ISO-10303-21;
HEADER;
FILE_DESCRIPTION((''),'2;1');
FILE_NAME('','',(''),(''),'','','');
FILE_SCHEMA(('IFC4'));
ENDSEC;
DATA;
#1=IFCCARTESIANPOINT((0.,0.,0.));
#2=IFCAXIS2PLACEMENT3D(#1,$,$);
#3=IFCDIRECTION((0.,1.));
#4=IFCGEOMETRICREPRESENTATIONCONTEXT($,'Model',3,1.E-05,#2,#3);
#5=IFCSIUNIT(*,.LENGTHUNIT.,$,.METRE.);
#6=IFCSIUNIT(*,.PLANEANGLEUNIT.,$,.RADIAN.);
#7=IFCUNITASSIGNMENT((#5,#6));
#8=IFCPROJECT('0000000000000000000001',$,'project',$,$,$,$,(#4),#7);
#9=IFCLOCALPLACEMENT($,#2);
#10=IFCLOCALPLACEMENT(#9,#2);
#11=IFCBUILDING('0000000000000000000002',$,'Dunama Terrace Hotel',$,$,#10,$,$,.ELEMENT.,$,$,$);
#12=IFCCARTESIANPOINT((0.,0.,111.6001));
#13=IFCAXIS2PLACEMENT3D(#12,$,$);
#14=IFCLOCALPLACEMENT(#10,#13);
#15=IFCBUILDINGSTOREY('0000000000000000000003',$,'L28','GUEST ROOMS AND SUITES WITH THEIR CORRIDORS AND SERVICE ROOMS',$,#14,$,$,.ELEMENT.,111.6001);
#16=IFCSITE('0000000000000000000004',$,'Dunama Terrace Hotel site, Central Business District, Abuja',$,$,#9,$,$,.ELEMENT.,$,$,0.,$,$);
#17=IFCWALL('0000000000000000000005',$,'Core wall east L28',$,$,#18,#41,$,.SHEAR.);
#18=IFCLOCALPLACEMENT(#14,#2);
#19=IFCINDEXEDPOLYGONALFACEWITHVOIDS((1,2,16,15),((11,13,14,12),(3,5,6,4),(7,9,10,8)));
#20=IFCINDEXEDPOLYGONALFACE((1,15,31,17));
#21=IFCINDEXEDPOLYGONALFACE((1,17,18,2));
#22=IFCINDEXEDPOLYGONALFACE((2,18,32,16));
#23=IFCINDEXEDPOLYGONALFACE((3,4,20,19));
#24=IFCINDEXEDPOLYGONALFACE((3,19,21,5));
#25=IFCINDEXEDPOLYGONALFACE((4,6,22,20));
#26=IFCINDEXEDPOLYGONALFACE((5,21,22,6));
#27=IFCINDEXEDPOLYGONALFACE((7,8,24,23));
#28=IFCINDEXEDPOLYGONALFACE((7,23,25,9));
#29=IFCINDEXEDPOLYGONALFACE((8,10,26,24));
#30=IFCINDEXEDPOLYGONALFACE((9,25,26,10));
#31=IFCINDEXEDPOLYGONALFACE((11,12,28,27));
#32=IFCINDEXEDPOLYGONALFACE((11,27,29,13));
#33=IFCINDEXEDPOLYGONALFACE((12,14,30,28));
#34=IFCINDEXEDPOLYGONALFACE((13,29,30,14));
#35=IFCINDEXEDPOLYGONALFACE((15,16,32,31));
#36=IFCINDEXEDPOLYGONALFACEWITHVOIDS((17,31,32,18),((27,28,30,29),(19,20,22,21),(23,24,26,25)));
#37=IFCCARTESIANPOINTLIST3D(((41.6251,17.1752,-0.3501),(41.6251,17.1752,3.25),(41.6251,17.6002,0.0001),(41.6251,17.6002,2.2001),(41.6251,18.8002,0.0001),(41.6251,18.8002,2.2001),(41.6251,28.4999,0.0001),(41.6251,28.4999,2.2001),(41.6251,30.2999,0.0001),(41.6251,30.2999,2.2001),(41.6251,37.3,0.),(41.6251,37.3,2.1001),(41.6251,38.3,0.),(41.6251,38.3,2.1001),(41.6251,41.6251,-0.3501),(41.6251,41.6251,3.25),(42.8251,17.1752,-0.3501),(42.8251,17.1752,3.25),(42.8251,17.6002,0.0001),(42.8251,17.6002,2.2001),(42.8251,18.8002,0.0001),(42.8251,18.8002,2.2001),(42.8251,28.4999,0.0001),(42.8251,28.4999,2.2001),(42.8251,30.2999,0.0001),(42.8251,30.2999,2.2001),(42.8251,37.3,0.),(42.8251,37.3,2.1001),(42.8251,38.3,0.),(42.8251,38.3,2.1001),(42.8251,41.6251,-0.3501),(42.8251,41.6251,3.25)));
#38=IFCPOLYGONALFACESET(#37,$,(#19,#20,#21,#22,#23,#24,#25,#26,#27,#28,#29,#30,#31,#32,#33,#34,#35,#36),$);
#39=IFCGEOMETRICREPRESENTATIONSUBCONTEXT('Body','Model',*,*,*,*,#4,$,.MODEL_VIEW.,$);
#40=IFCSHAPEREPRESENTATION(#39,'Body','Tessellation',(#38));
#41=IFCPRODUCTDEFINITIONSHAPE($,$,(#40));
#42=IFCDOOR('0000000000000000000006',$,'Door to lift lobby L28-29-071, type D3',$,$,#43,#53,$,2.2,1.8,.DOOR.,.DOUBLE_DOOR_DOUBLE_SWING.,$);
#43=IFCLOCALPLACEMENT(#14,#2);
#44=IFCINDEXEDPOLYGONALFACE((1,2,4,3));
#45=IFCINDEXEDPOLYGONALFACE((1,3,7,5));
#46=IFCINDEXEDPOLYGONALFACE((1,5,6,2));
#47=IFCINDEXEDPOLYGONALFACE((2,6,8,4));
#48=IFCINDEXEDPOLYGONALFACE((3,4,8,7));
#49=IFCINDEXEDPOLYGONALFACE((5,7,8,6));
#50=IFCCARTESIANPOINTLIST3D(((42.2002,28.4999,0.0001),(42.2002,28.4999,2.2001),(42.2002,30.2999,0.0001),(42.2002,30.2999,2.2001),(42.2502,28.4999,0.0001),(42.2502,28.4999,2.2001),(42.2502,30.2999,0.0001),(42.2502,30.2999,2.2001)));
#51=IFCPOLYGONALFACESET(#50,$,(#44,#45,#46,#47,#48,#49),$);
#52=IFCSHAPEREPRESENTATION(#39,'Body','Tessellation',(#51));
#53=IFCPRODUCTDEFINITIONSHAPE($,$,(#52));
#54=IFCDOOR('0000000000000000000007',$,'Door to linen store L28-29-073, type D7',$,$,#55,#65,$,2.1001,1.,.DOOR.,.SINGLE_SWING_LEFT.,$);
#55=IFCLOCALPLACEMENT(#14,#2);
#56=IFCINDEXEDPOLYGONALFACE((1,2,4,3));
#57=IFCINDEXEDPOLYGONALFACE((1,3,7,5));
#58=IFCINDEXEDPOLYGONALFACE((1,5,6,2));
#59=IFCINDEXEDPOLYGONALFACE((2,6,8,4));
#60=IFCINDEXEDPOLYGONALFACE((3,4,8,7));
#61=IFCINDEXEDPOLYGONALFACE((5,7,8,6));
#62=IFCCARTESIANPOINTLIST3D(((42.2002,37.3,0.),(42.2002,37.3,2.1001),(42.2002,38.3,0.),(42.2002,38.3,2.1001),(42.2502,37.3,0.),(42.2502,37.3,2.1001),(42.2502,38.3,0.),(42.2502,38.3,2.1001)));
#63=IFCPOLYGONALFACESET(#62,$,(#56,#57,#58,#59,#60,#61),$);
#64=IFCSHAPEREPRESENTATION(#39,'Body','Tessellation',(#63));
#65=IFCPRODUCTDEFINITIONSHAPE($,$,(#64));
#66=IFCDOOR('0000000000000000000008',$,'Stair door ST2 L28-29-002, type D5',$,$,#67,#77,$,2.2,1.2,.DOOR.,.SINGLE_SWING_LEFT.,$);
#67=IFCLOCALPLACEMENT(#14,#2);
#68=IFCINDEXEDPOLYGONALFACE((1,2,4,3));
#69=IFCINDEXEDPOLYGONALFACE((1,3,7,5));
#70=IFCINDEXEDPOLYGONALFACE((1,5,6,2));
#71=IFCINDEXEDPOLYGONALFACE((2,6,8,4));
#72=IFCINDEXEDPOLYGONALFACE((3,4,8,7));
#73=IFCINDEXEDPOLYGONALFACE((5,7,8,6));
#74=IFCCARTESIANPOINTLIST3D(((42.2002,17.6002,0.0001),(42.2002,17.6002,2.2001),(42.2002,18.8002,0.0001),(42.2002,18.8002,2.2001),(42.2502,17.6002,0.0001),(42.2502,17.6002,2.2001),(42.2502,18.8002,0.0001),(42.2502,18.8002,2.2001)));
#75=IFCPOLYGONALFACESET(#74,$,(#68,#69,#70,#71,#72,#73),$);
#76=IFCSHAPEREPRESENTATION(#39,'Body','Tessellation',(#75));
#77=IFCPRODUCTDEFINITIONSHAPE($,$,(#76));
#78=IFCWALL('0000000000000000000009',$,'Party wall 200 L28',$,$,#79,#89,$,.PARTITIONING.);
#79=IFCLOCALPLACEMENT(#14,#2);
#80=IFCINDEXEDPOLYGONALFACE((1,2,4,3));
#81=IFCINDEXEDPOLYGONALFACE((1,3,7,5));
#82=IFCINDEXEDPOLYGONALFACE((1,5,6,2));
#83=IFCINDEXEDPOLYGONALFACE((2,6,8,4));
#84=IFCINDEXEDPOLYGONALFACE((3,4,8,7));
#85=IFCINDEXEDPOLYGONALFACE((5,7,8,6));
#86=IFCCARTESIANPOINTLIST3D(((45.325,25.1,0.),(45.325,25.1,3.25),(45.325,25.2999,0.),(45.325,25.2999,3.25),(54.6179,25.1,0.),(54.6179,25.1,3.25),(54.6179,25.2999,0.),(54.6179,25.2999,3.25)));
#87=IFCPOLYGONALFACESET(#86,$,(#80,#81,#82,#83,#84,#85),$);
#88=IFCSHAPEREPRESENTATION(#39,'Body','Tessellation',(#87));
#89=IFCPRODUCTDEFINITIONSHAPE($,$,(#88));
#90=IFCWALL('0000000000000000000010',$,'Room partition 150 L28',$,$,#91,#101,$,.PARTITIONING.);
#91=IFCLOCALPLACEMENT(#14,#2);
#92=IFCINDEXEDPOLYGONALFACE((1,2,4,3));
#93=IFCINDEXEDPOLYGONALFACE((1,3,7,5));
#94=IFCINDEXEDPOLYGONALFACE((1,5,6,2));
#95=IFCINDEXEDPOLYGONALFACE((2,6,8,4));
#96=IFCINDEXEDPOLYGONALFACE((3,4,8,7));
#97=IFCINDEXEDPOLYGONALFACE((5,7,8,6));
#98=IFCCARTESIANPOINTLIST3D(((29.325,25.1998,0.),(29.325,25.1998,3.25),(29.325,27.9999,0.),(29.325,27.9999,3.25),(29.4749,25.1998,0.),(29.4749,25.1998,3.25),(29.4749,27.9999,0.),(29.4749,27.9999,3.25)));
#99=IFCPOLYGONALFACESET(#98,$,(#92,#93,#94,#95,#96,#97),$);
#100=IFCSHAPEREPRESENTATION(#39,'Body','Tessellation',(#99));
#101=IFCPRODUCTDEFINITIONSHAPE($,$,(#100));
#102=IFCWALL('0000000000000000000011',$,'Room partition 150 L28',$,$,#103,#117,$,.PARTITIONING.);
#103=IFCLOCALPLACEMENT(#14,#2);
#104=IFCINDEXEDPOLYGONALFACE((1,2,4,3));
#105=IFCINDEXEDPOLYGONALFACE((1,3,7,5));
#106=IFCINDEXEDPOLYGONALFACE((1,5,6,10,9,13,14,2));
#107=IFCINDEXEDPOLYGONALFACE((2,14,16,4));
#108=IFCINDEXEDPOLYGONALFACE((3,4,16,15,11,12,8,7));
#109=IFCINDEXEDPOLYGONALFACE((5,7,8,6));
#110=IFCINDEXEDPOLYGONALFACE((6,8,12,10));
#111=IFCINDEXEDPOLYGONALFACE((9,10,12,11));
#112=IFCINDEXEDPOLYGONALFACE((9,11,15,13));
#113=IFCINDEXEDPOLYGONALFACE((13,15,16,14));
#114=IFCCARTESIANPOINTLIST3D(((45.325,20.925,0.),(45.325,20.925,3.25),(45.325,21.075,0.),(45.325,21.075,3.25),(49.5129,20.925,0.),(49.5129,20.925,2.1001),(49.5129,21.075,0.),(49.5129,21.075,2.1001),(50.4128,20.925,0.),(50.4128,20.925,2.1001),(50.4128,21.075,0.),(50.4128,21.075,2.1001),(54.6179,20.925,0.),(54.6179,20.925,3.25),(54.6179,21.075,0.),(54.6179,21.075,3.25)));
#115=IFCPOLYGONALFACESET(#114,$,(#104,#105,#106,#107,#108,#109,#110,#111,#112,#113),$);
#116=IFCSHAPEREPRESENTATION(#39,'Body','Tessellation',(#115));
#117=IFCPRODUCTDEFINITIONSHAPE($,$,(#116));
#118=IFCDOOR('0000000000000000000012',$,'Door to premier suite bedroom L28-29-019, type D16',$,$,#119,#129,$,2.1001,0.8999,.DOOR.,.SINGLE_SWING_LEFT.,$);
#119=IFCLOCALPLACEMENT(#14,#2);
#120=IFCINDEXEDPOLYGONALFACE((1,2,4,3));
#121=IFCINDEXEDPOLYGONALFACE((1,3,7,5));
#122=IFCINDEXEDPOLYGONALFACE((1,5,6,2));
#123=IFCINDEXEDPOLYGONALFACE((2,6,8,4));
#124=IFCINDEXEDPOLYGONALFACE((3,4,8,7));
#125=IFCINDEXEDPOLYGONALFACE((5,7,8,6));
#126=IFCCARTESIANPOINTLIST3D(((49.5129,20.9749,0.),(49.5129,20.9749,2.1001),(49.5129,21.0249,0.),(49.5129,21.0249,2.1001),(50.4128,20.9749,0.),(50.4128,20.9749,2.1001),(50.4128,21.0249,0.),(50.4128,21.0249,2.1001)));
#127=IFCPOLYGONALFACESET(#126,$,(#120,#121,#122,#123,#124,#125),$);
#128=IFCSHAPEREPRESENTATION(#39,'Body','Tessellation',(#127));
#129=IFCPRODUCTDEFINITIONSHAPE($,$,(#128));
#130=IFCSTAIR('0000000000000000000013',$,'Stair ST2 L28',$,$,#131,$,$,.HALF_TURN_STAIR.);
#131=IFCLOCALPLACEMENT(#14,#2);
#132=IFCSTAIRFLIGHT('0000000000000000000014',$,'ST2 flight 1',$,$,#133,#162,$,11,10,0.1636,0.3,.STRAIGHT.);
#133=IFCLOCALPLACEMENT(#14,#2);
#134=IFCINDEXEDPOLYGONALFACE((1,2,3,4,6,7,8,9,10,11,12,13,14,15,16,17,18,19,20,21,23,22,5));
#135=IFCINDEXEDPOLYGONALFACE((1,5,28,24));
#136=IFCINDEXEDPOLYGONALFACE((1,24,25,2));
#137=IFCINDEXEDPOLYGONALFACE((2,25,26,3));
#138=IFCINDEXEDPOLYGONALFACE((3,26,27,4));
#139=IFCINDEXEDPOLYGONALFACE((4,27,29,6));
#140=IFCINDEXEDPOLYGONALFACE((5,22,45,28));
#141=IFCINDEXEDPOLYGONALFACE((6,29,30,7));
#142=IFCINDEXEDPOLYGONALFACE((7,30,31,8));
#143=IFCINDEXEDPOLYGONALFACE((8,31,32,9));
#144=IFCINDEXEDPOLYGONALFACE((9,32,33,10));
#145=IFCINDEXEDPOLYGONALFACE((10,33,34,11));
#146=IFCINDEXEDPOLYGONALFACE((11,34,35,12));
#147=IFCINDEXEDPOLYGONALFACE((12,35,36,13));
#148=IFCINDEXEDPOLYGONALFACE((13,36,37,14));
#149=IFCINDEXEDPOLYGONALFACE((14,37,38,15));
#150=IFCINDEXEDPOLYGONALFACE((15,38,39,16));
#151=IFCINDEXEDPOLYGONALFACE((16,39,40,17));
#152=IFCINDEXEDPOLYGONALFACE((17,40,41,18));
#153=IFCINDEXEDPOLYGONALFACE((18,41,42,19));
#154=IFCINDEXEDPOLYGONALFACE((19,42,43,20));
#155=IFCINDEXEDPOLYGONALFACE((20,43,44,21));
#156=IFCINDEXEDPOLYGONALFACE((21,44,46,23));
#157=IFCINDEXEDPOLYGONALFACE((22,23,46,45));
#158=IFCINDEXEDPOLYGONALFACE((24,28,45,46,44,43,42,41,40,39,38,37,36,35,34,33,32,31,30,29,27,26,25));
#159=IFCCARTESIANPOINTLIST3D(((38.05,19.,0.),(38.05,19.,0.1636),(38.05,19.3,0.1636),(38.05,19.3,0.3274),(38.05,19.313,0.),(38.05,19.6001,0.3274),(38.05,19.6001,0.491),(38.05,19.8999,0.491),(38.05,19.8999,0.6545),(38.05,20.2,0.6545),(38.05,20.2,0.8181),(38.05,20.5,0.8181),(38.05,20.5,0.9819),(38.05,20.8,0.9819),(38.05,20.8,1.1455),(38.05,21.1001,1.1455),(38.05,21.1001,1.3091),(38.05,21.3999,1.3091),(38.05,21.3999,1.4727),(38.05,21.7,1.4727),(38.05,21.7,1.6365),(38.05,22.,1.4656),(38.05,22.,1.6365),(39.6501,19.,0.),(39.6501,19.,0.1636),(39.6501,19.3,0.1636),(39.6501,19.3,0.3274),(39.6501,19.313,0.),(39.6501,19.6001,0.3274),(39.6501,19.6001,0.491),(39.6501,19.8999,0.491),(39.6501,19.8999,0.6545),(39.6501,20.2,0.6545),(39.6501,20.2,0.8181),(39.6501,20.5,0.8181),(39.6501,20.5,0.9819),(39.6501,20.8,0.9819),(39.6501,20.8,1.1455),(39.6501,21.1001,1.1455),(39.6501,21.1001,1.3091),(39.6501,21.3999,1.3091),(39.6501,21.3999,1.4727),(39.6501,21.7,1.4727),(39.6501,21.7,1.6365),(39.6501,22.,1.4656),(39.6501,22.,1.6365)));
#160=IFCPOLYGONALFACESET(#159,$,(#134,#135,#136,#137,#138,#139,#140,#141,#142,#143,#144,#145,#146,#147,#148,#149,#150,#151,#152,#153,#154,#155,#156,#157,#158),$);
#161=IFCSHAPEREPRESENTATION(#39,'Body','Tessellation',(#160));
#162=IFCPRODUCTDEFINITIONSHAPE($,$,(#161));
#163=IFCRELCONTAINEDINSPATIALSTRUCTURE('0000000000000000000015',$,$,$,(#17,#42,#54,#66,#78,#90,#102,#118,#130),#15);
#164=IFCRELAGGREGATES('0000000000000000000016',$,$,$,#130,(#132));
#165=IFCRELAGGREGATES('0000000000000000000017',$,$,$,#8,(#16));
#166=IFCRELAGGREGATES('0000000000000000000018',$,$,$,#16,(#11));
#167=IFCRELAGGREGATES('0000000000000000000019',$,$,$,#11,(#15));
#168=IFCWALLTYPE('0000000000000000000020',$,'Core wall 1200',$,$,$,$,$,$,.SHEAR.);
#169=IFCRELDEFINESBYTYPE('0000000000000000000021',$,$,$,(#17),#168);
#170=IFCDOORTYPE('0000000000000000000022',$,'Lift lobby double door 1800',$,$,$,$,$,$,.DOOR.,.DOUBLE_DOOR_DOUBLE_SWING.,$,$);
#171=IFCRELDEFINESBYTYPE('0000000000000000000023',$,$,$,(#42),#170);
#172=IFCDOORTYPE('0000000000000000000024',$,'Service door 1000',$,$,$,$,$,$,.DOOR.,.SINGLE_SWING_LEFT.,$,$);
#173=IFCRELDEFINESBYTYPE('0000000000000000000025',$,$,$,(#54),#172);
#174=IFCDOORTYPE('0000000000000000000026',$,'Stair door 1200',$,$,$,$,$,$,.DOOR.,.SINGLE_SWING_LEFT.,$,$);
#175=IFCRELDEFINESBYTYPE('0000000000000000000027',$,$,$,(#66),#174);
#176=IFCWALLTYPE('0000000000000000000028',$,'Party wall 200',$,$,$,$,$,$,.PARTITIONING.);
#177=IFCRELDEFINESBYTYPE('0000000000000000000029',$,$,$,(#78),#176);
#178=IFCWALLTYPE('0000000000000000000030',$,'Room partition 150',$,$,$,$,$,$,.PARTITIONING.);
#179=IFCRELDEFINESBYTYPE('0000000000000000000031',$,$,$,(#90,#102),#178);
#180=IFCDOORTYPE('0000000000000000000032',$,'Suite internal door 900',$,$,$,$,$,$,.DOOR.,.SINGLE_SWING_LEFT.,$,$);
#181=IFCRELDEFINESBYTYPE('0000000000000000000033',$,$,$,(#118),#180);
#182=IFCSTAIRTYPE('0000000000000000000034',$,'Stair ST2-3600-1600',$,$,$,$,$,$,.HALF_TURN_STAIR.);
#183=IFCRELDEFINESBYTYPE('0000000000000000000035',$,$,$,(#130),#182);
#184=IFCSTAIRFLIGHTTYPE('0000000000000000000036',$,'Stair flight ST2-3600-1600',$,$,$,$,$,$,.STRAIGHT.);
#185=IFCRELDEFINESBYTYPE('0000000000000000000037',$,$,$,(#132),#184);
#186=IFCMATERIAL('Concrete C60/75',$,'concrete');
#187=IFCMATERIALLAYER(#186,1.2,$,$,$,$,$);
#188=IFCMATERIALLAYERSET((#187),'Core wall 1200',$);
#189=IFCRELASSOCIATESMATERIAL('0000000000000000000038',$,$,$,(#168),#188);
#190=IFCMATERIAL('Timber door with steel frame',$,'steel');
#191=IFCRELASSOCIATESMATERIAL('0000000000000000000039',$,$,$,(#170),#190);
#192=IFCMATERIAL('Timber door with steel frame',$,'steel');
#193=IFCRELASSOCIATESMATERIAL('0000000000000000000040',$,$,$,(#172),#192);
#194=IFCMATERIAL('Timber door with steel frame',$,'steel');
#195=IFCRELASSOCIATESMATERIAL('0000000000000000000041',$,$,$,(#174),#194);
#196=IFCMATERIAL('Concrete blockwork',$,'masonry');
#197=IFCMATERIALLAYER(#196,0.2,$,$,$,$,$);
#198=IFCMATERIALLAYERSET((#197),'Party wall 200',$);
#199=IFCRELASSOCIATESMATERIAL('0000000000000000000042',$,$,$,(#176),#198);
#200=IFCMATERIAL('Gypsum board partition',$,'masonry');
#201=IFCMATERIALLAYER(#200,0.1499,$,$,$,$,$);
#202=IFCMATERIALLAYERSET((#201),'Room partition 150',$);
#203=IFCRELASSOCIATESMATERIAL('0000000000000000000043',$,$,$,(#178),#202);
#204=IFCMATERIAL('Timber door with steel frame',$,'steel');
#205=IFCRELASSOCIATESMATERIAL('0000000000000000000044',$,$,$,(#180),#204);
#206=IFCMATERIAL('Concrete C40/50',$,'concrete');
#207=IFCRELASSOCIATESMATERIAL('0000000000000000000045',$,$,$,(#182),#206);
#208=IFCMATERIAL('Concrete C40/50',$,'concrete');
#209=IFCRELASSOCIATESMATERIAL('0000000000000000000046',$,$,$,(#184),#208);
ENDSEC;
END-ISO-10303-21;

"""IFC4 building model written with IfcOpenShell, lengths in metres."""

from ifc_helpers import new_model, si_unit, direction, frame, frame_2d, origin, place, context, subcontext, project, spatial, polyline, rectangle, outline, extrude, material, layer, layer_set, type_object, element, fill, aggregate, save


model = new_model("IFC4")

# Units and contexts
model_context = context("Model", 3, precision=1e-05, world=origin(), true_north=direction((0.0, 1.0)))
body_context = subcontext(model_context, "Body", "Model", "MODEL_VIEW")
ifc_project = project(units=[si_unit("LENGTHUNIT", "METRE"), si_unit("PLANEANGLEUNIT", "RADIAN")], contexts=[model_context])

# Site, building, storey
site_placement = place(None, origin())
site = spatial("IfcSite", under=ifc_project, at=site_placement, Name="Dunama Terrace Hotel site, Central Business District, Abuja", CompositionType="ELEMENT", RefElevation=0.0)
building_placement = place(site_placement, origin())
building = spatial("IfcBuilding", under=site, at=building_placement, Name="Dunama Terrace Hotel", CompositionType="ELEMENT")
storey_placement = place(building_placement, frame((0.0, 0.0, 111.6001)))
storey = spatial("IfcBuildingStorey", under=building, at=storey_placement, Name="L28", Description="GUEST ROOMS AND SUITES WITH THEIR CORRIDORS AND SERVICE ROOMS", CompositionType="ELEMENT", Elevation=111.6001)

# Wall, openings, doors
ifc_material_1 = material(Name="Concrete C60/75", Category="concrete")
ifc_layer_1 = layer(ifc_material_1, 1.2)
ifc_layer_set_1 = layer_set([ifc_layer_1], Name="Core wall 1200")
wall_type_1 = type_object("IfcWallType", Name="Core wall 1200", PredefinedType="SHEAR", material=ifc_layer_set_1)
wall_1_placement = place(storey_placement, frame((42.2251, 17.175, -0.3501), z_axis=(0.0, 0.0, 1.0), x_axis=(0.0, 1.0, 0.0)))
wall_1 = element("IfcWall", 1, at=wall_1_placement, inside=storey, type_object=wall_type_1, Name="Core wall east L28", PredefinedType="SHEAR", context=body_context, shape_type="SweptSolid", body=[
    extrude(rectangle(XDim=24.45, YDim=1.2, at=frame_2d((12.2251, 0.0))), origin(), (0.0, 0.0, 1.0), 3.6001),
])
opening_1_placement = place(wall_1_placement, frame((0.425, 0.0, 0.3501)))
opening_1 = element("IfcOpeningElement", 2, at=opening_1_placement, cuts=wall_1, PredefinedType="OPENING", context=body_context, shape_type="SweptSolid", body=[
    extrude(rectangle(XDim=1.2, YDim=2.2, at=frame_2d((0.6001, 1.1001))), frame((0.0, 0.6099, 0.0), z_axis=(0.0, -1.0, 0.0), x_axis=(1.0, 0.0, 0.0)), (0.0, 0.0, 1.0), 1.22),
])
opening_2_placement = place(wall_1_placement, frame((11.325, 0.0, 0.3501)))
opening_2 = element("IfcOpeningElement", 3, at=opening_2_placement, cuts=wall_1, PredefinedType="OPENING", context=body_context, shape_type="SweptSolid", body=[
    extrude(rectangle(XDim=1.8, YDim=2.2, at=frame_2d((0.8999, 1.1001))), frame((0.0, 0.6099, 0.0), z_axis=(0.0, -1.0, 0.0), x_axis=(1.0, 0.0, 0.0)), (0.0, 0.0, 1.0), 1.22),
])
opening_3_placement = place(wall_1_placement, frame((20.125, 0.0, 0.3501)))
opening_3 = element("IfcOpeningElement", 4, at=opening_3_placement, cuts=wall_1, PredefinedType="OPENING", context=body_context, shape_type="SweptSolid", body=[
    extrude(rectangle(XDim=1.0, YDim=2.1001, at=frame_2d((0.5, 1.05))), frame((0.0, 0.6099, 0.0), z_axis=(0.0, -1.0, 0.0), x_axis=(1.0, 0.0, 0.0)), (0.0, 0.0, 1.0), 1.22),
])
ifc_material_2 = material(Name="Timber door with steel frame", Category="steel")
door_type_1 = type_object("IfcDoorType", Name="Lift lobby double door 1800", OperationType="DOUBLE_DOOR_DOUBLE_SWING", PredefinedType="DOOR", material=ifc_material_2)
door_1_placement = place(opening_2_placement, origin())
door_1 = element("IfcDoor", 5, at=door_1_placement, inside=storey, type_object=door_type_1, Name="Door to lift lobby L28-29-071, type D3", OperationType="DOUBLE_DOOR_DOUBLE_SWING", OverallHeight=2.2, OverallWidth=1.8, PredefinedType="DOOR", context=body_context, shape_type="SweptSolid", body=[
    extrude(rectangle(XDim=1.8, YDim=2.2, at=frame_2d((0.8999, 1.1001))), frame((0.0, 0.0249, 0.0), z_axis=(0.0, -1.0, 0.0), x_axis=(1.0, 0.0, 0.0)), (0.0, 0.0, 1.0), 0.05),
])
fill(opening_2, door_1)
ifc_material_3 = material(Name="Timber door with steel frame", Category="steel")
door_type_2 = type_object("IfcDoorType", Name="Service door 1000", OperationType="SINGLE_SWING_LEFT", PredefinedType="DOOR", material=ifc_material_3)
door_2_placement = place(opening_3_placement, origin())
door_2 = element("IfcDoor", 6, at=door_2_placement, inside=storey, type_object=door_type_2, Name="Door to linen store L28-29-073, type D7", OperationType="SINGLE_SWING_LEFT", OverallHeight=2.1001, OverallWidth=1.0, PredefinedType="DOOR", context=body_context, shape_type="SweptSolid", body=[
    extrude(rectangle(XDim=1.0, YDim=2.1001, at=frame_2d((0.5, 1.05))), frame((0.0, 0.0249, 0.0), z_axis=(0.0, -1.0, 0.0), x_axis=(1.0, 0.0, 0.0)), (0.0, 0.0, 1.0), 0.05),
])
fill(opening_3, door_2)
ifc_material_4 = material(Name="Timber door with steel frame", Category="steel")
door_type_3 = type_object("IfcDoorType", Name="Stair door 1200", OperationType="SINGLE_SWING_LEFT", PredefinedType="DOOR", material=ifc_material_4)
door_3_placement = place(opening_1_placement, origin())
door_3 = element("IfcDoor", 7, at=door_3_placement, inside=storey, type_object=door_type_3, Name="Stair door ST2 L28-29-002, type D5", OperationType="SINGLE_SWING_LEFT", OverallHeight=2.2, OverallWidth=1.2, PredefinedType="DOOR", context=body_context, shape_type="SweptSolid", body=[
    extrude(rectangle(XDim=1.2, YDim=2.2, at=frame_2d((0.6001, 1.1001))), frame((0.0, 0.0249, 0.0), z_axis=(0.0, -1.0, 0.0), x_axis=(1.0, 0.0, 0.0)), (0.0, 0.0, 1.0), 0.05),
])
fill(opening_1, door_3)

# Walls
ifc_material_5 = material(Name="Concrete blockwork", Category="masonry")
ifc_layer_2 = layer(ifc_material_5, 0.2)
ifc_layer_set_2 = layer_set([ifc_layer_2], Name="Party wall 200")
wall_type_2 = type_object("IfcWallType", Name="Party wall 200", PredefinedType="PARTITIONING", material=ifc_layer_set_2)
wall_2_placement = place(storey_placement, frame((45.325, 25.2, 0.0), z_axis=(0.0, 0.0, 1.0), x_axis=(1.0, 0.0, 0.0)))
element("IfcWall", 8, at=wall_2_placement, inside=storey, type_object=wall_type_2, Name="Party wall 200 L28", PredefinedType="PARTITIONING", context=body_context, shape_type="SweptSolid", body=[
    extrude(rectangle(XDim=9.293, YDim=0.2, at=frame_2d((4.6465, 0.0))), origin(), (0.0, 0.0, 1.0), 3.25),
])
ifc_material_6 = material(Name="Gypsum board partition", Category="masonry")
ifc_layer_3 = layer(ifc_material_6, 0.1499)
ifc_layer_set_3 = layer_set([ifc_layer_3], Name="Room partition 150")
wall_type_3 = type_object("IfcWallType", Name="Room partition 150", PredefinedType="PARTITIONING", material=ifc_layer_set_3)
wall_3_placement = place(storey_placement, frame((29.3999, 25.2, 0.0), z_axis=(0.0, 0.0, 1.0), x_axis=(0.0, 1.0, 0.0)))
element("IfcWall", 9, at=wall_3_placement, inside=storey, type_object=wall_type_3, Name="Room partition 150 L28", PredefinedType="PARTITIONING", context=body_context, shape_type="SweptSolid", body=[
    extrude(rectangle(XDim=2.8, YDim=0.1499, at=frame_2d((1.3999, 0.0))), origin(), (0.0, 0.0, 1.0), 3.25),
])

# Wall, opening, door
wall_4_placement = place(storey_placement, frame((45.325, 21.0, 0.0), z_axis=(0.0, 0.0, 1.0), x_axis=(1.0, 0.0, 0.0)))
wall_4 = element("IfcWall", 10, at=wall_4_placement, inside=storey, type_object=wall_type_3, Name="Room partition 150 L28", PredefinedType="PARTITIONING", context=body_context, shape_type="SweptSolid", body=[
    extrude(rectangle(XDim=9.293, YDim=0.1499, at=frame_2d((4.6465, 0.0))), origin(), (0.0, 0.0, 1.0), 3.25),
])
opening_4_placement = place(wall_4_placement, frame((4.188, 0.0, 0.0)))
opening_4 = element("IfcOpeningElement", 11, at=opening_4_placement, cuts=wall_4, PredefinedType="OPENING", context=body_context, shape_type="SweptSolid", body=[
    extrude(rectangle(XDim=0.8999, YDim=2.1001, at=frame_2d((0.45, 1.05))), frame((0.0, 0.085, 0.0), z_axis=(0.0, -1.0, 0.0), x_axis=(1.0, 0.0, 0.0)), (0.0, 0.0, 1.0), 0.1699),
])
ifc_material_7 = material(Name="Timber door with steel frame", Category="steel")
door_type_4 = type_object("IfcDoorType", Name="Suite internal door 900", OperationType="SINGLE_SWING_LEFT", PredefinedType="DOOR", material=ifc_material_7)
door_4_placement = place(opening_4_placement, origin())
door_4 = element("IfcDoor", 12, at=door_4_placement, inside=storey, type_object=door_type_4, Name="Door to premier suite bedroom L28-29-019, type D16", OperationType="SINGLE_SWING_LEFT", OverallHeight=2.1001, OverallWidth=0.8999, PredefinedType="DOOR", context=body_context, shape_type="SweptSolid", body=[
    extrude(rectangle(XDim=0.8999, YDim=2.1001, at=frame_2d((0.45, 1.05))), frame((0.0, 0.0249, 0.0), z_axis=(0.0, -1.0, 0.0), x_axis=(1.0, 0.0, 0.0)), (0.0, 0.0, 1.0), 0.05),
])
fill(opening_4, door_4)

# Stair, stair flight
ifc_material_8 = material(Name="Concrete C40/50", Category="concrete")
stair_type = type_object("IfcStairType", Name="Stair ST2-3600-1600", PredefinedType="HALF_TURN_STAIR", material=ifc_material_8)
stair_placement = place(storey_placement, origin())
stair = element("IfcStair", 13, at=stair_placement, inside=storey, type_object=stair_type, Name="Stair ST2 L28", PredefinedType="HALF_TURN_STAIR")
ifc_material_9 = material(Name="Concrete C40/50", Category="concrete")
stair_flight_type = type_object("IfcStairFlightType", Name="Stair flight ST2-3600-1600", PredefinedType="STRAIGHT", material=ifc_material_9)
stair_flight_1_placement = place(storey_placement, frame((38.8501, 19.0, 0.0), z_axis=(0.0, 0.0, 1.0), x_axis=(0.0, 1.0, 0.0)))
stair_flight_1 = element("IfcStairFlight", 14, at=stair_flight_1_placement, type_object=stair_flight_type, Name="ST2 flight 1", NumberOfRisers=11, NumberOfTreads=10, PredefinedType="STRAIGHT", RiserHeight=0.1636, TreadLength=0.3, context=body_context, shape_type="SweptSolid", body=[
    extrude(outline(polyline([(0.0, 0.0), (0.0, 0.1636), (0.3, 0.1636), (0.3, 0.3274), (0.6001, 0.3274), (0.6001, 0.491), (0.8999, 0.491), (0.8999, 0.6545), (1.2, 0.6545), (1.2, 0.8181), (1.5, 0.8181), (1.5, 0.9819), (1.8, 0.9819), (1.8, 1.1455), (2.1001, 1.1455), (2.1001, 1.3091), (2.3999, 1.3091), (2.3999, 1.4727), (2.7, 1.4727), (2.7, 1.6365), (3.0, 1.6365), (3.0, 1.8), (3.0, 1.4656), (0.313, 0.0), (0.0, 0.0)])), frame((0.0, 0.8, 0.0), z_axis=(0.0, -1.0, 0.0), x_axis=(1.0, 0.0, 0.0)), (0.0, 0.0, 1.0), 1.6001),
])
aggregate(stair, [stair_flight_1])

save(model, "model.ifc")
